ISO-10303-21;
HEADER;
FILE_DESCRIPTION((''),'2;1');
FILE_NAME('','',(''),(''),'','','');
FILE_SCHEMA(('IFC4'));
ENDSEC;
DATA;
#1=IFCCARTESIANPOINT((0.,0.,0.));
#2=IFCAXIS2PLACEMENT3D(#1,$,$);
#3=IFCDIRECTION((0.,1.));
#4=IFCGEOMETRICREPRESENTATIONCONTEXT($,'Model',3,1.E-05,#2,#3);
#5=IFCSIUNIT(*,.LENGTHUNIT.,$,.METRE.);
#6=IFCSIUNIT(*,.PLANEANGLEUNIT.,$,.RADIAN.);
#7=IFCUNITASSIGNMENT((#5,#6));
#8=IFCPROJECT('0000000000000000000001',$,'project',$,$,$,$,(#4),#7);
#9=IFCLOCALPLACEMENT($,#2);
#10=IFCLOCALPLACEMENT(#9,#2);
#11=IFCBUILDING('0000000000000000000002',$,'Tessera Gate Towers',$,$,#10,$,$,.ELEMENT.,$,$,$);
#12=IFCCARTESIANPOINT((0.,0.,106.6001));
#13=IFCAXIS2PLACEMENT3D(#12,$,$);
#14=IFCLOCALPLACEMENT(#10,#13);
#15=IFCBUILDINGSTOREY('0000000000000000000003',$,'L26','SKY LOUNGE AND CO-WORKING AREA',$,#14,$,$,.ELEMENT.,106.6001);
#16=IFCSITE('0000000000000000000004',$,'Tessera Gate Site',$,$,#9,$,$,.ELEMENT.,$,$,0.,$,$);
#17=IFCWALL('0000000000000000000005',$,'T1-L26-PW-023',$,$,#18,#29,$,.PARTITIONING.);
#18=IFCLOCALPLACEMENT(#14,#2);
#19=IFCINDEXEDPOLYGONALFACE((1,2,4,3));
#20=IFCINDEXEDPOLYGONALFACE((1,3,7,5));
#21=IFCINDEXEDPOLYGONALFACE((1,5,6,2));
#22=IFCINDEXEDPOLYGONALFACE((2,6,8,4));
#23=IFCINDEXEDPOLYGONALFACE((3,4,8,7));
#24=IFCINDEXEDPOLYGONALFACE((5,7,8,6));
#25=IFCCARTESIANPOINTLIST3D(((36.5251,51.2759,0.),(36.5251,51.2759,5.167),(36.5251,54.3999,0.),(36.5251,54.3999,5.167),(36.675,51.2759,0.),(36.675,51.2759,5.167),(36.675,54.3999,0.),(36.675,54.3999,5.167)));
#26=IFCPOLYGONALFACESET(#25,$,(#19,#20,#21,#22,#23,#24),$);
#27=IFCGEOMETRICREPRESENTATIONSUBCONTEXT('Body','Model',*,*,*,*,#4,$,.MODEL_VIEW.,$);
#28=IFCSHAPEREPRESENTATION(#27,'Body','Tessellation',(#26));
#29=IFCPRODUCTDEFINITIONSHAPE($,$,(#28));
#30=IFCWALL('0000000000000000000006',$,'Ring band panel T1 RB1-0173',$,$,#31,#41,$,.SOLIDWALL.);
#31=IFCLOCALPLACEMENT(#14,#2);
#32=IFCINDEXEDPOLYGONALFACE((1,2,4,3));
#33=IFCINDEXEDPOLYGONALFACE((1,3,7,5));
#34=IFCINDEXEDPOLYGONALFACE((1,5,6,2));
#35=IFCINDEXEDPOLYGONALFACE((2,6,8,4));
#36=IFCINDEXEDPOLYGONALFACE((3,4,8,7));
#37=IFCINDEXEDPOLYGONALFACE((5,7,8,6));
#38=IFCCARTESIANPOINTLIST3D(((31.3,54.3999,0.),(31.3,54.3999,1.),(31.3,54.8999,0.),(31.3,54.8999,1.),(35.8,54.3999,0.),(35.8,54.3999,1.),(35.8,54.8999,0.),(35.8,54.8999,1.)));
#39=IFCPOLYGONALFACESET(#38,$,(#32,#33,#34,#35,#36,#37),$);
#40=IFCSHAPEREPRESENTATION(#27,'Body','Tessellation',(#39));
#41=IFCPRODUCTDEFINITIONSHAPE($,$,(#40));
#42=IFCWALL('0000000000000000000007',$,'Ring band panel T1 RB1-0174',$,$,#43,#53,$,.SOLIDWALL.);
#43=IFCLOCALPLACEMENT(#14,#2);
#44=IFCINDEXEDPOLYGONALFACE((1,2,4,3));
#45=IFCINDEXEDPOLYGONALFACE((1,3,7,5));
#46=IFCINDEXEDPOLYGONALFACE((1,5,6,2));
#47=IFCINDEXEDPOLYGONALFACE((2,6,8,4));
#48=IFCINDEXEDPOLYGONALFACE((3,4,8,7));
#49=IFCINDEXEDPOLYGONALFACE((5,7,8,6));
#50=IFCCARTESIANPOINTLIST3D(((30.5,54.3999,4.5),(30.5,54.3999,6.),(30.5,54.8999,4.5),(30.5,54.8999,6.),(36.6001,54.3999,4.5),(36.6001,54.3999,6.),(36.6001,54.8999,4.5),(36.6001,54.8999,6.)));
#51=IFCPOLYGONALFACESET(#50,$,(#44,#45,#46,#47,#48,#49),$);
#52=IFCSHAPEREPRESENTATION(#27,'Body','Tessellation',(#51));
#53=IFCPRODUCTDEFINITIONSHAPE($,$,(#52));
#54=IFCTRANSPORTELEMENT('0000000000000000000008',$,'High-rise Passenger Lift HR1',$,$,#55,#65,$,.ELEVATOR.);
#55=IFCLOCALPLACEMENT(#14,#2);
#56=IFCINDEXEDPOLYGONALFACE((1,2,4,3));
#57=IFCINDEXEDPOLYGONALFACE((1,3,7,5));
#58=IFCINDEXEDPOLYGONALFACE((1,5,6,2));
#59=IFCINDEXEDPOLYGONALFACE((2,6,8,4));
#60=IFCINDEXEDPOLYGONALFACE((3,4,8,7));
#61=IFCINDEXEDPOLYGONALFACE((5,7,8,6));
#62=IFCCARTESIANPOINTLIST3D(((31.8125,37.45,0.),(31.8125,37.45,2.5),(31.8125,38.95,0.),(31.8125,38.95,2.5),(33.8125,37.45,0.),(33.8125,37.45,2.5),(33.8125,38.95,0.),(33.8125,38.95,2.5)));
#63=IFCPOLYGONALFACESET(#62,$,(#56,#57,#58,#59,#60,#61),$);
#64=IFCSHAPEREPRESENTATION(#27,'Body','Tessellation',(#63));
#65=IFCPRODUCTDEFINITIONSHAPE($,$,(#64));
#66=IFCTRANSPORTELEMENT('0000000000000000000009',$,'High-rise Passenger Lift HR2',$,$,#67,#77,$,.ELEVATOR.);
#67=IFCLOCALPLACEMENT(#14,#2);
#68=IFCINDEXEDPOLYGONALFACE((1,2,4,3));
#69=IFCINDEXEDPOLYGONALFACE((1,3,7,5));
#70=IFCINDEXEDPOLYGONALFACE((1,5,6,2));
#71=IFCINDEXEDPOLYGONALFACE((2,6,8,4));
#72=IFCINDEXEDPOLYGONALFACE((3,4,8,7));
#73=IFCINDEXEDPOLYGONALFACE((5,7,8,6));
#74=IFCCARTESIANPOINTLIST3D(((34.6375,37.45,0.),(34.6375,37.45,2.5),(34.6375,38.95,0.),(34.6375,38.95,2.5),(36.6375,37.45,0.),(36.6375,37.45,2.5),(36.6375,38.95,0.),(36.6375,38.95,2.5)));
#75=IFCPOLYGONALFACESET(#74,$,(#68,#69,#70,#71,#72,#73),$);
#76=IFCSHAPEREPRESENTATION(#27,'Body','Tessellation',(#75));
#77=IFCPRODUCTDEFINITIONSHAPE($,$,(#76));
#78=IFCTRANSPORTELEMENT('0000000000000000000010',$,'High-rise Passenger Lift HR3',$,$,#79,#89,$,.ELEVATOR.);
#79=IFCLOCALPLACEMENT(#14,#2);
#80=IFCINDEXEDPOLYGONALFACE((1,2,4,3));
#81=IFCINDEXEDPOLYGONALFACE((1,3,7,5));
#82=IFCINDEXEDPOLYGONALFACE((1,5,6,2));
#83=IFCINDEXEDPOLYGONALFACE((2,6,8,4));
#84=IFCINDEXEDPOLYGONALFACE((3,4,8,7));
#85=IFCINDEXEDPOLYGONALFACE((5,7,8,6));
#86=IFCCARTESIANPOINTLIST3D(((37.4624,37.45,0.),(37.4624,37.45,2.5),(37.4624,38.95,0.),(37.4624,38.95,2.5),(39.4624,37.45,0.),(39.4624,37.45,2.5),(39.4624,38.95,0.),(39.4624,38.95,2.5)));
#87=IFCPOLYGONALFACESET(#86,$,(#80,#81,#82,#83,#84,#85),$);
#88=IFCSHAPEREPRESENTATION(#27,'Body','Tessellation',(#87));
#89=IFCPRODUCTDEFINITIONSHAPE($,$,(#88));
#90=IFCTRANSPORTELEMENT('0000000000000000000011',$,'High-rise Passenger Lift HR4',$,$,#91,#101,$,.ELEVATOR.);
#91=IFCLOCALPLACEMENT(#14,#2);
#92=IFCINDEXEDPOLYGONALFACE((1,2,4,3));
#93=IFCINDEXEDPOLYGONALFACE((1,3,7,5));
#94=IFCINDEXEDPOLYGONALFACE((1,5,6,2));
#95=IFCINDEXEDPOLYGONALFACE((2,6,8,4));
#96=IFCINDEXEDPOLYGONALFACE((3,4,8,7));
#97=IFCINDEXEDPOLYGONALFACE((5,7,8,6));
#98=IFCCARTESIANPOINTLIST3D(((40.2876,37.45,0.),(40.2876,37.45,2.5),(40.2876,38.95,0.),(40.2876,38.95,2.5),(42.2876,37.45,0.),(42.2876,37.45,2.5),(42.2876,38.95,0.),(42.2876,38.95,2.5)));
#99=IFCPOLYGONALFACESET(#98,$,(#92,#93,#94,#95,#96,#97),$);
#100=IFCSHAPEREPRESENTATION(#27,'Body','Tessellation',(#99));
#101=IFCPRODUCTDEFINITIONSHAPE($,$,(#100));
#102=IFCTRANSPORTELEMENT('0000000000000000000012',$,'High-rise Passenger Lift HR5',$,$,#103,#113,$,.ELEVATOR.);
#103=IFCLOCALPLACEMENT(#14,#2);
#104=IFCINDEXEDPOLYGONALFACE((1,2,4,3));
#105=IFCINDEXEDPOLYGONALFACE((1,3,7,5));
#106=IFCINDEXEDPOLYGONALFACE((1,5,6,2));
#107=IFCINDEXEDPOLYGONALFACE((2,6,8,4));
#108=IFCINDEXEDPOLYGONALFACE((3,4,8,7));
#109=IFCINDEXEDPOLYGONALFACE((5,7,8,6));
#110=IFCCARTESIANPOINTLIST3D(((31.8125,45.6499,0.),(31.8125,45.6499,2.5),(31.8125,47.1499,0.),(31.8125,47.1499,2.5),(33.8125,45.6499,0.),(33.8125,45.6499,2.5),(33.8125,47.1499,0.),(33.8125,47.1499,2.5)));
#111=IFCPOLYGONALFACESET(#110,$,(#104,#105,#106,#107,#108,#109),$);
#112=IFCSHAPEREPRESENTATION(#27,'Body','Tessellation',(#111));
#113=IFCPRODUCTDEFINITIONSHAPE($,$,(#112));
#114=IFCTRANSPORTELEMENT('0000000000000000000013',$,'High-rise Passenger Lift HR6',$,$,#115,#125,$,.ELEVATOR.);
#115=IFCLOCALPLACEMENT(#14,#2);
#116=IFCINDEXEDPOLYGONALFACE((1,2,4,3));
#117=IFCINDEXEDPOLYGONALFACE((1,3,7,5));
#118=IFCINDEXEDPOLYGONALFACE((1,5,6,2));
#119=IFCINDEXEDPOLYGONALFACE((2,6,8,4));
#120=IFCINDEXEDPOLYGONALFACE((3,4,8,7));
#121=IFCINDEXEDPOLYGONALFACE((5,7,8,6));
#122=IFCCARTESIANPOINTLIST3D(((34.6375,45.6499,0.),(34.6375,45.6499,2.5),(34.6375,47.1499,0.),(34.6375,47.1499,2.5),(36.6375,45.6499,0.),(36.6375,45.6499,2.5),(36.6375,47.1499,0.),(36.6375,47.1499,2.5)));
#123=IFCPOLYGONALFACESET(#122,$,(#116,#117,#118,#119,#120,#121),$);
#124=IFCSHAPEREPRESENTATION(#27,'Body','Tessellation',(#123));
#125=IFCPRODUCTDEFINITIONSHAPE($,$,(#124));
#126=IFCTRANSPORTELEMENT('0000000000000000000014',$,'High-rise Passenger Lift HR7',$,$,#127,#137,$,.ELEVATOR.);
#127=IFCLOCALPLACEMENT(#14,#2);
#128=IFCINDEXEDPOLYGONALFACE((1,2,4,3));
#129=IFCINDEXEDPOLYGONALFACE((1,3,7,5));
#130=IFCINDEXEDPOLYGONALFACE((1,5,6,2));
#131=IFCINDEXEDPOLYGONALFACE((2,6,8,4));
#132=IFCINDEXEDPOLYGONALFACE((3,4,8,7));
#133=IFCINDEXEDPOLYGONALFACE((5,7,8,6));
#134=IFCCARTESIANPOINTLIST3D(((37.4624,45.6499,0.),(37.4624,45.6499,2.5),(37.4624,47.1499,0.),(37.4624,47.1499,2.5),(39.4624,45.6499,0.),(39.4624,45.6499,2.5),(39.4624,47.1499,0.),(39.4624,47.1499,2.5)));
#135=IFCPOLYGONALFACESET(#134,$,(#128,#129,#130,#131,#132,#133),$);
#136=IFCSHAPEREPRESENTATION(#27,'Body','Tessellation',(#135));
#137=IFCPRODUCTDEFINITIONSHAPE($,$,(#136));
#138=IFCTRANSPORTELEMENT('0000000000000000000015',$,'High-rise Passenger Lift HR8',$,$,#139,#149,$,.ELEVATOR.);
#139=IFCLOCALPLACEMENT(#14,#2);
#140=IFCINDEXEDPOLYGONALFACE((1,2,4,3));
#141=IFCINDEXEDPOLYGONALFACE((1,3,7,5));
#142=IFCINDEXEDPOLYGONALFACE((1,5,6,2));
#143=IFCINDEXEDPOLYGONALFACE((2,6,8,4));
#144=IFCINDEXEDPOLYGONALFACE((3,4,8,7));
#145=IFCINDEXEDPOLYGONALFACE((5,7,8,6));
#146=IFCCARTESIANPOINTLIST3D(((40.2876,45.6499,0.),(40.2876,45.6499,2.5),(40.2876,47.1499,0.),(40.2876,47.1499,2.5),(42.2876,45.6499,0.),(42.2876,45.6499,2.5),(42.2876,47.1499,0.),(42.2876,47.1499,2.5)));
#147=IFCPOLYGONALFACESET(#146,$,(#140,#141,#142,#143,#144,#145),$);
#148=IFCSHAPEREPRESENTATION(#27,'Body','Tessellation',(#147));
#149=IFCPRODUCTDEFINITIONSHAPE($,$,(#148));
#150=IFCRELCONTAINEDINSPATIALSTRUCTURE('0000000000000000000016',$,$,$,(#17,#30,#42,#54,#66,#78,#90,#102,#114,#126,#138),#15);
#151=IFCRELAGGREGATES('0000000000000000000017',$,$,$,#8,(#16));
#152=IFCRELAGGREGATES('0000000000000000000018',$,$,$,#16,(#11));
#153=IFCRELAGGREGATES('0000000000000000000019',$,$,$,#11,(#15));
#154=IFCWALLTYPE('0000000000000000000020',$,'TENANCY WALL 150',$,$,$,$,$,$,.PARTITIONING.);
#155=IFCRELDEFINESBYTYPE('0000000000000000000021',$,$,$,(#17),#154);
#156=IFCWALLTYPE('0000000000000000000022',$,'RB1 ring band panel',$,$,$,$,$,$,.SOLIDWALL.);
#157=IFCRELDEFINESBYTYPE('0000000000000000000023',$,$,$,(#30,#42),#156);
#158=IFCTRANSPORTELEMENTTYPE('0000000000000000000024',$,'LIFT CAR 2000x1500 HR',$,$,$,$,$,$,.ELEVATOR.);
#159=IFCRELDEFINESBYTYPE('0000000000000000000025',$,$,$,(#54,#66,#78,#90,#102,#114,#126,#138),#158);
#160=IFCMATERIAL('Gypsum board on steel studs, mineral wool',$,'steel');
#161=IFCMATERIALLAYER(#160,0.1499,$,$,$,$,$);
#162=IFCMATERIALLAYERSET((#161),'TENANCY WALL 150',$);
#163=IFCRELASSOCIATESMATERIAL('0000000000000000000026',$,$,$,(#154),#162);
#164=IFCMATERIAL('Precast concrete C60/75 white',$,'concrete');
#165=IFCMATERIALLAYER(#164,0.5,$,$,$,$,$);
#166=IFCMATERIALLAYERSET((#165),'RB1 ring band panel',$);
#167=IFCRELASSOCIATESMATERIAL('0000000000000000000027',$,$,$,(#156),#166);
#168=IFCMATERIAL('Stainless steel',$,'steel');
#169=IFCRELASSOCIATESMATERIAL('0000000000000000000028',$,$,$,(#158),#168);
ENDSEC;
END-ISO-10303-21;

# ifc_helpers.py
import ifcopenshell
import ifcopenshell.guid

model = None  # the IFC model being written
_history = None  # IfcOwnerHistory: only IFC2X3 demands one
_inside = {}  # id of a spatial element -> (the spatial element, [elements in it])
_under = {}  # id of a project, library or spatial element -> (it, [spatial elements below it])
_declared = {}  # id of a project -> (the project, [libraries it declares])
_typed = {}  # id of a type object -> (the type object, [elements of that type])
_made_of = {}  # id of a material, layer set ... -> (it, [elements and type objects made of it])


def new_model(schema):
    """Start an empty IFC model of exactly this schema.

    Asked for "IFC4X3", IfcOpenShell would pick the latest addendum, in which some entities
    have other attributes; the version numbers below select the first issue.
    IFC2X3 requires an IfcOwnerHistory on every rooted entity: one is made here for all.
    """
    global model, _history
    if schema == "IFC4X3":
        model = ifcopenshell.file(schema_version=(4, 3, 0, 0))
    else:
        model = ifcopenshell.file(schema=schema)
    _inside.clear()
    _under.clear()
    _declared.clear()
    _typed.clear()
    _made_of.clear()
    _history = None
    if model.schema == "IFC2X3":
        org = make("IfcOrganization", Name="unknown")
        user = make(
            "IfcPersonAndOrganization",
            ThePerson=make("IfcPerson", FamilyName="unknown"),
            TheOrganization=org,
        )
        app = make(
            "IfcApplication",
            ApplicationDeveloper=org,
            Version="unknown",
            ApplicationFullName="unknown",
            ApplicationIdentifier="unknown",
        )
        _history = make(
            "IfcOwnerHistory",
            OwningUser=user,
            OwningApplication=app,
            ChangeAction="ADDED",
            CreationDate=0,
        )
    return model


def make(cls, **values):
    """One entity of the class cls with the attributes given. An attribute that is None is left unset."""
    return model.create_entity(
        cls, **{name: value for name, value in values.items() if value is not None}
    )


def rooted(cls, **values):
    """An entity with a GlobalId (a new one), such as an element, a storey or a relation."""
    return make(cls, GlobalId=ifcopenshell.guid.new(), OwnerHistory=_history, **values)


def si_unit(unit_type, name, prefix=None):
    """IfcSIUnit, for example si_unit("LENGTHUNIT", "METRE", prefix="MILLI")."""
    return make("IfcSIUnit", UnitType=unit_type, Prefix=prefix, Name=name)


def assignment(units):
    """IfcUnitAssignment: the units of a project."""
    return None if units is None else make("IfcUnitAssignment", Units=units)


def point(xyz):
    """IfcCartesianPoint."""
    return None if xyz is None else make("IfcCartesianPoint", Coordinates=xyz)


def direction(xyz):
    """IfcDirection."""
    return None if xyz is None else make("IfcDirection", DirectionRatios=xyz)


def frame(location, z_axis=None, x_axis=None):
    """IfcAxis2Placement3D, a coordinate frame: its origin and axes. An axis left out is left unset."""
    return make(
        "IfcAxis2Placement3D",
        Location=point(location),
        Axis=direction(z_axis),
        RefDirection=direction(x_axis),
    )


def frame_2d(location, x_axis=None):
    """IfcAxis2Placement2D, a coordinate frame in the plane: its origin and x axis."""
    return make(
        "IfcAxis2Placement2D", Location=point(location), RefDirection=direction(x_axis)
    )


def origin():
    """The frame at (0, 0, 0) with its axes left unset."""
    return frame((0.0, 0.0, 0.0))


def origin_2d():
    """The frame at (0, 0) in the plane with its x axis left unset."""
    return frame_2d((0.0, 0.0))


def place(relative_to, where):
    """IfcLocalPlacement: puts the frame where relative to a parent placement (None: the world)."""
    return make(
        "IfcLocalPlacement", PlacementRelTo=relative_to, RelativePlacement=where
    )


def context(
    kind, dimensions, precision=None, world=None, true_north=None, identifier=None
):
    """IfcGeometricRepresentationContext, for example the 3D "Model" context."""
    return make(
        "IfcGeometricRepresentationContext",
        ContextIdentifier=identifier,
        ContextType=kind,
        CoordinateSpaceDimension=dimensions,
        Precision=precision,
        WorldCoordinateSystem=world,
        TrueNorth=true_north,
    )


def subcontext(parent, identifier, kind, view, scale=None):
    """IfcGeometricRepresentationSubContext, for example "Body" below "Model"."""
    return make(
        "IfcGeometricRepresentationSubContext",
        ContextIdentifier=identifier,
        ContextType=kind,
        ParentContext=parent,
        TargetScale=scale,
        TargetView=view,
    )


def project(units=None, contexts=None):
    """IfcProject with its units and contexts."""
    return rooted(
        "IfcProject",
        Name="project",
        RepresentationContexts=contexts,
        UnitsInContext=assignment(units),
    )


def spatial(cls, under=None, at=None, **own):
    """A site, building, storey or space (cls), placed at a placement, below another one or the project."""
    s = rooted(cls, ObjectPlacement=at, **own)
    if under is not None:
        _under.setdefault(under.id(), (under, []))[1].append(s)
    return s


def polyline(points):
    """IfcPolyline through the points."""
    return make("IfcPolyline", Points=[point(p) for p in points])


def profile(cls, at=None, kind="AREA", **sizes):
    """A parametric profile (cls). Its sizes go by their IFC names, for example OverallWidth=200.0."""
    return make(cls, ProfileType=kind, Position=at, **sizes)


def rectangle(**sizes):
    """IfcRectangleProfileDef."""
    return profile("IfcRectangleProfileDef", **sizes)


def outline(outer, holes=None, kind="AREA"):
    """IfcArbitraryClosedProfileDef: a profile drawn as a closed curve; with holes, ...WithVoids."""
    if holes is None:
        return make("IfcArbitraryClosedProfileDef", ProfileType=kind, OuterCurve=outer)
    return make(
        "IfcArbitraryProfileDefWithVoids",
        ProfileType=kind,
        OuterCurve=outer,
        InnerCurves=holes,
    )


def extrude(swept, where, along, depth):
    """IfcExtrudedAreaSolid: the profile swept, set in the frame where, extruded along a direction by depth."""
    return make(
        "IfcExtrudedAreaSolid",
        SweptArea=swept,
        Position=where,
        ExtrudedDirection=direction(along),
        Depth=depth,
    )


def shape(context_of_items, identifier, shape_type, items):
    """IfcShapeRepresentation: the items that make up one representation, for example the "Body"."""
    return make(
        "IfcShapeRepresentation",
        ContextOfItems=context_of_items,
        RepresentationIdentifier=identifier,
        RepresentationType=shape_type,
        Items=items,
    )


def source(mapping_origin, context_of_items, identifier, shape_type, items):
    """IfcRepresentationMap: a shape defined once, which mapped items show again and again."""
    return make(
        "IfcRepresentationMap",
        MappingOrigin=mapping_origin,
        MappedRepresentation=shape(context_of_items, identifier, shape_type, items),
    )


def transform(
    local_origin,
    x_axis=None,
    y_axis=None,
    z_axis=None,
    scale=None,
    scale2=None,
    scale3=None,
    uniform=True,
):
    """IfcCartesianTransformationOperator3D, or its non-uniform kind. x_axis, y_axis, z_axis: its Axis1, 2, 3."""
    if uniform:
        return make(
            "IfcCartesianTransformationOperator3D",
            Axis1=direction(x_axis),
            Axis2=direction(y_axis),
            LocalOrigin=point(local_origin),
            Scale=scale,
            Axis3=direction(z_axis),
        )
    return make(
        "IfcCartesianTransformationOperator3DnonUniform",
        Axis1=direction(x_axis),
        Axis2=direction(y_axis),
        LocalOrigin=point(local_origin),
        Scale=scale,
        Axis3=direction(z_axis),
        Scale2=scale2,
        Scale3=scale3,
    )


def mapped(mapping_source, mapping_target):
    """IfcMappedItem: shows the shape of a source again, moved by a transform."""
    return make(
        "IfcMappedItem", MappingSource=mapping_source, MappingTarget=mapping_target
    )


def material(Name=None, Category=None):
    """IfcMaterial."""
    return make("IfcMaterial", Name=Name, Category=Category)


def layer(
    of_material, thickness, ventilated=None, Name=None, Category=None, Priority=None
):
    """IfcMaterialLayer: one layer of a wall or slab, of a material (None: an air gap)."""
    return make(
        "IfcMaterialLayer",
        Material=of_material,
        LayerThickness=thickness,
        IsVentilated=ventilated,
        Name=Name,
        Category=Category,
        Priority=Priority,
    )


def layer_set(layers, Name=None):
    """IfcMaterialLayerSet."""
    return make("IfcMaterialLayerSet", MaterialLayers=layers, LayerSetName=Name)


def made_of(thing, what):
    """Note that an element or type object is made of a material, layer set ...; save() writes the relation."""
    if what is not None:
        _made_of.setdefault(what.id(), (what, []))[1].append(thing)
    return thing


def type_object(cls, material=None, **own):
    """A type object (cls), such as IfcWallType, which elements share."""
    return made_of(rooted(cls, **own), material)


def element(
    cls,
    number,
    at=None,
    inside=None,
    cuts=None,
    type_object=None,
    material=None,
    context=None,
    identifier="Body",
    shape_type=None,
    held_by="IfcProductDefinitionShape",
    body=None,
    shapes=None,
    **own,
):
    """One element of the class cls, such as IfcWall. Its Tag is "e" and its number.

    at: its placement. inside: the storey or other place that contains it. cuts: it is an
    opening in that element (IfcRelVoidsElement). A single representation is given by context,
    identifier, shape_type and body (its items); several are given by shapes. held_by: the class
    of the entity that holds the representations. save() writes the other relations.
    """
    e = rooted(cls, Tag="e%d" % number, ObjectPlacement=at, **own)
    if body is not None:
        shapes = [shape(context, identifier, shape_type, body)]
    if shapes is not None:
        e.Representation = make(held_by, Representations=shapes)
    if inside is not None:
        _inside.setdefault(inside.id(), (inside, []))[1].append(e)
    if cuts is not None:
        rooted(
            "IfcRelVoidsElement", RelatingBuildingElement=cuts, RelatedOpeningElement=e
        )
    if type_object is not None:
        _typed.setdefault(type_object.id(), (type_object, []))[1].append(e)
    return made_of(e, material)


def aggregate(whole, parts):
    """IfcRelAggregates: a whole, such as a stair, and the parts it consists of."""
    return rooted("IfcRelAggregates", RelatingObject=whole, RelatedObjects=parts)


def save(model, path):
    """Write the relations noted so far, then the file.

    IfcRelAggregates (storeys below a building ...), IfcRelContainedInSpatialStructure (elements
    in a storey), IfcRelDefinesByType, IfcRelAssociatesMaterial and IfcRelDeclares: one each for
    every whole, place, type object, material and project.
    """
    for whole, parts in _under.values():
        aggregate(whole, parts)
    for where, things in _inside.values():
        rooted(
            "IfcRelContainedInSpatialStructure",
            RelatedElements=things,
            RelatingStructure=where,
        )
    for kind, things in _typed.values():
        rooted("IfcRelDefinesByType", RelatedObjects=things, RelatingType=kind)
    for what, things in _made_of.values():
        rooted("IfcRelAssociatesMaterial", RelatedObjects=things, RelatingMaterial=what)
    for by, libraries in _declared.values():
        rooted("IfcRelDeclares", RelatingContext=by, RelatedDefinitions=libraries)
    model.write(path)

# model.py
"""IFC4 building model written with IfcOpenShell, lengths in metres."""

from ifc_helpers import new_model, si_unit, direction, frame, frame_2d, origin, origin_2d, place, context, subcontext, project, spatial, polyline, rectangle, outline, extrude, source, transform, mapped, material, layer, layer_set, type_object, element, save


model = new_model("IFC4")

# Units and contexts
model_context = context("Model", 3, precision=1e-05, world=origin(), true_north=direction((0.0, 1.0)))
body_context = subcontext(model_context, "Body", "Model", "MODEL_VIEW")
ifc_project = project(units=[si_unit("LENGTHUNIT", "METRE"), si_unit("PLANEANGLEUNIT", "RADIAN")], contexts=[model_context])

# Site, building, storey
site_placement = place(None, origin())
site = spatial("IfcSite", under=ifc_project, at=site_placement, Name="Tessera Gate Site", CompositionType="ELEMENT", RefElevation=0.0)
building_placement = place(site_placement, origin())
building = spatial("IfcBuilding", under=site, at=building_placement, Name="Tessera Gate Towers", CompositionType="ELEMENT")
storey_placement = place(building_placement, frame((0.0, 0.0, 106.6001)))
storey = spatial("IfcBuildingStorey", under=building, at=storey_placement, Name="L26", Description="SKY LOUNGE AND CO-WORKING AREA", CompositionType="ELEMENT", Elevation=106.6001)

# Walls
ifc_material_1 = material(Name="Gypsum board on steel studs, mineral wool", Category="steel")
ifc_layer_1 = layer(ifc_material_1, 0.1499)
ifc_layer_set_1 = layer_set([ifc_layer_1], Name="TENANCY WALL 150")
wall_type_1 = type_object("IfcWallType", Name="TENANCY WALL 150", PredefinedType="PARTITIONING", material=ifc_layer_set_1)
wall_1_placement = place(storey_placement, frame((36.6001, 51.2759, 0.0), z_axis=(0.0, 0.0, 1.0), x_axis=(0.0, 1.0, 0.0)))
element("IfcWall", 1, at=wall_1_placement, inside=storey, type_object=wall_type_1, Name="T1-L26-PW-023", PredefinedType="PARTITIONING", context=body_context, shape_type="SweptSolid", body=[
    extrude(rectangle(XDim=3.124, YDim=0.1499, at=frame_2d((1.562, 0.0))), origin(), (0.0, 0.0, 1.0), 5.167),
])
ifc_material_2 = material(Name="Precast concrete C60/75 white", Category="concrete")
ifc_layer_2 = layer(ifc_material_2, 0.5)
ifc_layer_set_2 = layer_set([ifc_layer_2], Name="RB1 ring band panel")
wall_type_2 = type_object("IfcWallType", Name="RB1 ring band panel", PredefinedType="SOLIDWALL", material=ifc_layer_set_2)
shared_shape_1 = source(origin(), body_context, "Body", "SweptSolid", [
    extrude(outline(polyline([(0.0, 0.0), (4.5, 0.0), (4.5, 1.0), (0.0, 1.0), (0.0, 0.0)])), frame((0.0, 0.25, 0.0), z_axis=(0.0, -1.0, 0.0), x_axis=(1.0, 0.0, 0.0)), (0.0, 0.0, 1.0), 0.5),
])
wall_2_placement = place(storey_placement, frame((35.8, 54.6499, 0.0), z_axis=(0.0, 0.0, 1.0), x_axis=(-1.0, 0.0, 0.0)))
element("IfcWall", 2, at=wall_2_placement, inside=storey, type_object=wall_type_2, Name="Ring band panel T1 RB1-0173", PredefinedType="SOLIDWALL", context=body_context, shape_type="MappedRepresentation", body=[
    mapped(shared_shape_1, transform((0.0, 0.0, 0.0), scale=1.0)),
])
shared_shape_2 = source(origin(), body_context, "Body", "SweptSolid", [
    extrude(outline(polyline([(0.0, 0.0), (6.1001, 0.0), (6.1001, 1.5), (0.0, 1.5), (0.0, 0.0)])), frame((0.0, 0.25, 0.0), z_axis=(0.0, -1.0, 0.0), x_axis=(1.0, 0.0, 0.0)), (0.0, 0.0, 1.0), 0.5),
])
wall_3_placement = place(storey_placement, frame((36.6001, 54.6499, 4.5), z_axis=(0.0, 0.0, 1.0), x_axis=(-1.0, 0.0, 0.0)))
element("IfcWall", 3, at=wall_3_placement, inside=storey, type_object=wall_type_2, Name="Ring band panel T1 RB1-0174", PredefinedType="SOLIDWALL", context=body_context, shape_type="MappedRepresentation", body=[
    mapped(shared_shape_2, transform((0.0, 0.0, 0.0), scale=1.0)),
])

# Transport elements
ifc_material_3 = material(Name="Stainless steel", Category="steel")
transport_element_type = type_object("IfcTransportElementType", Name="LIFT CAR 2000x1500 HR", PredefinedType="ELEVATOR", material=ifc_material_3)
for number, where, z_axis, x_axis, name in (
    (4, (32.8125, 38.2, 0.0), (0.0, 0.0, 1.0), (1.0, 0.0, 0.0), "High-rise Passenger Lift HR1"),
    (5, (35.6375, 38.2, 0.0), (0.0, 0.0, 1.0), (1.0, 0.0, 0.0), "High-rise Passenger Lift HR2"),
    (6, (38.4624, 38.2, 0.0), (0.0, 0.0, 1.0), (1.0, 0.0, 0.0), "High-rise Passenger Lift HR3"),
    (7, (41.2876, 38.2, 0.0), (0.0, 0.0, 1.0), (1.0, 0.0, 0.0), "High-rise Passenger Lift HR4"),
    (8, (32.8125, 46.3999, 0.0), (0.0, 0.0, 1.0), (1.0, 0.0, 0.0), "High-rise Passenger Lift HR5"),
    (9, (35.6375, 46.3999, 0.0), (0.0, 0.0, 1.0), (1.0, 0.0, 0.0), "High-rise Passenger Lift HR6"),
    (10, (38.4624, 46.3999, 0.0), (0.0, 0.0, 1.0), (1.0, 0.0, 0.0), "High-rise Passenger Lift HR7"),
    (11, (41.2876, 46.3999, 0.0), (0.0, 0.0, 1.0), (1.0, 0.0, 0.0), "High-rise Passenger Lift HR8"),
):
    element("IfcTransportElement", number, at=place(storey_placement, frame(where, z_axis=z_axis, x_axis=x_axis)), inside=storey, type_object=transport_element_type, Name=name, PredefinedType="ELEVATOR", context=body_context, shape_type="SweptSolid", body=[
        extrude(rectangle(XDim=2.0, YDim=1.5, at=origin_2d()), origin(), (0.0, 0.0, 1.0), 2.5),
    ])

save(model, "model.ifc")
